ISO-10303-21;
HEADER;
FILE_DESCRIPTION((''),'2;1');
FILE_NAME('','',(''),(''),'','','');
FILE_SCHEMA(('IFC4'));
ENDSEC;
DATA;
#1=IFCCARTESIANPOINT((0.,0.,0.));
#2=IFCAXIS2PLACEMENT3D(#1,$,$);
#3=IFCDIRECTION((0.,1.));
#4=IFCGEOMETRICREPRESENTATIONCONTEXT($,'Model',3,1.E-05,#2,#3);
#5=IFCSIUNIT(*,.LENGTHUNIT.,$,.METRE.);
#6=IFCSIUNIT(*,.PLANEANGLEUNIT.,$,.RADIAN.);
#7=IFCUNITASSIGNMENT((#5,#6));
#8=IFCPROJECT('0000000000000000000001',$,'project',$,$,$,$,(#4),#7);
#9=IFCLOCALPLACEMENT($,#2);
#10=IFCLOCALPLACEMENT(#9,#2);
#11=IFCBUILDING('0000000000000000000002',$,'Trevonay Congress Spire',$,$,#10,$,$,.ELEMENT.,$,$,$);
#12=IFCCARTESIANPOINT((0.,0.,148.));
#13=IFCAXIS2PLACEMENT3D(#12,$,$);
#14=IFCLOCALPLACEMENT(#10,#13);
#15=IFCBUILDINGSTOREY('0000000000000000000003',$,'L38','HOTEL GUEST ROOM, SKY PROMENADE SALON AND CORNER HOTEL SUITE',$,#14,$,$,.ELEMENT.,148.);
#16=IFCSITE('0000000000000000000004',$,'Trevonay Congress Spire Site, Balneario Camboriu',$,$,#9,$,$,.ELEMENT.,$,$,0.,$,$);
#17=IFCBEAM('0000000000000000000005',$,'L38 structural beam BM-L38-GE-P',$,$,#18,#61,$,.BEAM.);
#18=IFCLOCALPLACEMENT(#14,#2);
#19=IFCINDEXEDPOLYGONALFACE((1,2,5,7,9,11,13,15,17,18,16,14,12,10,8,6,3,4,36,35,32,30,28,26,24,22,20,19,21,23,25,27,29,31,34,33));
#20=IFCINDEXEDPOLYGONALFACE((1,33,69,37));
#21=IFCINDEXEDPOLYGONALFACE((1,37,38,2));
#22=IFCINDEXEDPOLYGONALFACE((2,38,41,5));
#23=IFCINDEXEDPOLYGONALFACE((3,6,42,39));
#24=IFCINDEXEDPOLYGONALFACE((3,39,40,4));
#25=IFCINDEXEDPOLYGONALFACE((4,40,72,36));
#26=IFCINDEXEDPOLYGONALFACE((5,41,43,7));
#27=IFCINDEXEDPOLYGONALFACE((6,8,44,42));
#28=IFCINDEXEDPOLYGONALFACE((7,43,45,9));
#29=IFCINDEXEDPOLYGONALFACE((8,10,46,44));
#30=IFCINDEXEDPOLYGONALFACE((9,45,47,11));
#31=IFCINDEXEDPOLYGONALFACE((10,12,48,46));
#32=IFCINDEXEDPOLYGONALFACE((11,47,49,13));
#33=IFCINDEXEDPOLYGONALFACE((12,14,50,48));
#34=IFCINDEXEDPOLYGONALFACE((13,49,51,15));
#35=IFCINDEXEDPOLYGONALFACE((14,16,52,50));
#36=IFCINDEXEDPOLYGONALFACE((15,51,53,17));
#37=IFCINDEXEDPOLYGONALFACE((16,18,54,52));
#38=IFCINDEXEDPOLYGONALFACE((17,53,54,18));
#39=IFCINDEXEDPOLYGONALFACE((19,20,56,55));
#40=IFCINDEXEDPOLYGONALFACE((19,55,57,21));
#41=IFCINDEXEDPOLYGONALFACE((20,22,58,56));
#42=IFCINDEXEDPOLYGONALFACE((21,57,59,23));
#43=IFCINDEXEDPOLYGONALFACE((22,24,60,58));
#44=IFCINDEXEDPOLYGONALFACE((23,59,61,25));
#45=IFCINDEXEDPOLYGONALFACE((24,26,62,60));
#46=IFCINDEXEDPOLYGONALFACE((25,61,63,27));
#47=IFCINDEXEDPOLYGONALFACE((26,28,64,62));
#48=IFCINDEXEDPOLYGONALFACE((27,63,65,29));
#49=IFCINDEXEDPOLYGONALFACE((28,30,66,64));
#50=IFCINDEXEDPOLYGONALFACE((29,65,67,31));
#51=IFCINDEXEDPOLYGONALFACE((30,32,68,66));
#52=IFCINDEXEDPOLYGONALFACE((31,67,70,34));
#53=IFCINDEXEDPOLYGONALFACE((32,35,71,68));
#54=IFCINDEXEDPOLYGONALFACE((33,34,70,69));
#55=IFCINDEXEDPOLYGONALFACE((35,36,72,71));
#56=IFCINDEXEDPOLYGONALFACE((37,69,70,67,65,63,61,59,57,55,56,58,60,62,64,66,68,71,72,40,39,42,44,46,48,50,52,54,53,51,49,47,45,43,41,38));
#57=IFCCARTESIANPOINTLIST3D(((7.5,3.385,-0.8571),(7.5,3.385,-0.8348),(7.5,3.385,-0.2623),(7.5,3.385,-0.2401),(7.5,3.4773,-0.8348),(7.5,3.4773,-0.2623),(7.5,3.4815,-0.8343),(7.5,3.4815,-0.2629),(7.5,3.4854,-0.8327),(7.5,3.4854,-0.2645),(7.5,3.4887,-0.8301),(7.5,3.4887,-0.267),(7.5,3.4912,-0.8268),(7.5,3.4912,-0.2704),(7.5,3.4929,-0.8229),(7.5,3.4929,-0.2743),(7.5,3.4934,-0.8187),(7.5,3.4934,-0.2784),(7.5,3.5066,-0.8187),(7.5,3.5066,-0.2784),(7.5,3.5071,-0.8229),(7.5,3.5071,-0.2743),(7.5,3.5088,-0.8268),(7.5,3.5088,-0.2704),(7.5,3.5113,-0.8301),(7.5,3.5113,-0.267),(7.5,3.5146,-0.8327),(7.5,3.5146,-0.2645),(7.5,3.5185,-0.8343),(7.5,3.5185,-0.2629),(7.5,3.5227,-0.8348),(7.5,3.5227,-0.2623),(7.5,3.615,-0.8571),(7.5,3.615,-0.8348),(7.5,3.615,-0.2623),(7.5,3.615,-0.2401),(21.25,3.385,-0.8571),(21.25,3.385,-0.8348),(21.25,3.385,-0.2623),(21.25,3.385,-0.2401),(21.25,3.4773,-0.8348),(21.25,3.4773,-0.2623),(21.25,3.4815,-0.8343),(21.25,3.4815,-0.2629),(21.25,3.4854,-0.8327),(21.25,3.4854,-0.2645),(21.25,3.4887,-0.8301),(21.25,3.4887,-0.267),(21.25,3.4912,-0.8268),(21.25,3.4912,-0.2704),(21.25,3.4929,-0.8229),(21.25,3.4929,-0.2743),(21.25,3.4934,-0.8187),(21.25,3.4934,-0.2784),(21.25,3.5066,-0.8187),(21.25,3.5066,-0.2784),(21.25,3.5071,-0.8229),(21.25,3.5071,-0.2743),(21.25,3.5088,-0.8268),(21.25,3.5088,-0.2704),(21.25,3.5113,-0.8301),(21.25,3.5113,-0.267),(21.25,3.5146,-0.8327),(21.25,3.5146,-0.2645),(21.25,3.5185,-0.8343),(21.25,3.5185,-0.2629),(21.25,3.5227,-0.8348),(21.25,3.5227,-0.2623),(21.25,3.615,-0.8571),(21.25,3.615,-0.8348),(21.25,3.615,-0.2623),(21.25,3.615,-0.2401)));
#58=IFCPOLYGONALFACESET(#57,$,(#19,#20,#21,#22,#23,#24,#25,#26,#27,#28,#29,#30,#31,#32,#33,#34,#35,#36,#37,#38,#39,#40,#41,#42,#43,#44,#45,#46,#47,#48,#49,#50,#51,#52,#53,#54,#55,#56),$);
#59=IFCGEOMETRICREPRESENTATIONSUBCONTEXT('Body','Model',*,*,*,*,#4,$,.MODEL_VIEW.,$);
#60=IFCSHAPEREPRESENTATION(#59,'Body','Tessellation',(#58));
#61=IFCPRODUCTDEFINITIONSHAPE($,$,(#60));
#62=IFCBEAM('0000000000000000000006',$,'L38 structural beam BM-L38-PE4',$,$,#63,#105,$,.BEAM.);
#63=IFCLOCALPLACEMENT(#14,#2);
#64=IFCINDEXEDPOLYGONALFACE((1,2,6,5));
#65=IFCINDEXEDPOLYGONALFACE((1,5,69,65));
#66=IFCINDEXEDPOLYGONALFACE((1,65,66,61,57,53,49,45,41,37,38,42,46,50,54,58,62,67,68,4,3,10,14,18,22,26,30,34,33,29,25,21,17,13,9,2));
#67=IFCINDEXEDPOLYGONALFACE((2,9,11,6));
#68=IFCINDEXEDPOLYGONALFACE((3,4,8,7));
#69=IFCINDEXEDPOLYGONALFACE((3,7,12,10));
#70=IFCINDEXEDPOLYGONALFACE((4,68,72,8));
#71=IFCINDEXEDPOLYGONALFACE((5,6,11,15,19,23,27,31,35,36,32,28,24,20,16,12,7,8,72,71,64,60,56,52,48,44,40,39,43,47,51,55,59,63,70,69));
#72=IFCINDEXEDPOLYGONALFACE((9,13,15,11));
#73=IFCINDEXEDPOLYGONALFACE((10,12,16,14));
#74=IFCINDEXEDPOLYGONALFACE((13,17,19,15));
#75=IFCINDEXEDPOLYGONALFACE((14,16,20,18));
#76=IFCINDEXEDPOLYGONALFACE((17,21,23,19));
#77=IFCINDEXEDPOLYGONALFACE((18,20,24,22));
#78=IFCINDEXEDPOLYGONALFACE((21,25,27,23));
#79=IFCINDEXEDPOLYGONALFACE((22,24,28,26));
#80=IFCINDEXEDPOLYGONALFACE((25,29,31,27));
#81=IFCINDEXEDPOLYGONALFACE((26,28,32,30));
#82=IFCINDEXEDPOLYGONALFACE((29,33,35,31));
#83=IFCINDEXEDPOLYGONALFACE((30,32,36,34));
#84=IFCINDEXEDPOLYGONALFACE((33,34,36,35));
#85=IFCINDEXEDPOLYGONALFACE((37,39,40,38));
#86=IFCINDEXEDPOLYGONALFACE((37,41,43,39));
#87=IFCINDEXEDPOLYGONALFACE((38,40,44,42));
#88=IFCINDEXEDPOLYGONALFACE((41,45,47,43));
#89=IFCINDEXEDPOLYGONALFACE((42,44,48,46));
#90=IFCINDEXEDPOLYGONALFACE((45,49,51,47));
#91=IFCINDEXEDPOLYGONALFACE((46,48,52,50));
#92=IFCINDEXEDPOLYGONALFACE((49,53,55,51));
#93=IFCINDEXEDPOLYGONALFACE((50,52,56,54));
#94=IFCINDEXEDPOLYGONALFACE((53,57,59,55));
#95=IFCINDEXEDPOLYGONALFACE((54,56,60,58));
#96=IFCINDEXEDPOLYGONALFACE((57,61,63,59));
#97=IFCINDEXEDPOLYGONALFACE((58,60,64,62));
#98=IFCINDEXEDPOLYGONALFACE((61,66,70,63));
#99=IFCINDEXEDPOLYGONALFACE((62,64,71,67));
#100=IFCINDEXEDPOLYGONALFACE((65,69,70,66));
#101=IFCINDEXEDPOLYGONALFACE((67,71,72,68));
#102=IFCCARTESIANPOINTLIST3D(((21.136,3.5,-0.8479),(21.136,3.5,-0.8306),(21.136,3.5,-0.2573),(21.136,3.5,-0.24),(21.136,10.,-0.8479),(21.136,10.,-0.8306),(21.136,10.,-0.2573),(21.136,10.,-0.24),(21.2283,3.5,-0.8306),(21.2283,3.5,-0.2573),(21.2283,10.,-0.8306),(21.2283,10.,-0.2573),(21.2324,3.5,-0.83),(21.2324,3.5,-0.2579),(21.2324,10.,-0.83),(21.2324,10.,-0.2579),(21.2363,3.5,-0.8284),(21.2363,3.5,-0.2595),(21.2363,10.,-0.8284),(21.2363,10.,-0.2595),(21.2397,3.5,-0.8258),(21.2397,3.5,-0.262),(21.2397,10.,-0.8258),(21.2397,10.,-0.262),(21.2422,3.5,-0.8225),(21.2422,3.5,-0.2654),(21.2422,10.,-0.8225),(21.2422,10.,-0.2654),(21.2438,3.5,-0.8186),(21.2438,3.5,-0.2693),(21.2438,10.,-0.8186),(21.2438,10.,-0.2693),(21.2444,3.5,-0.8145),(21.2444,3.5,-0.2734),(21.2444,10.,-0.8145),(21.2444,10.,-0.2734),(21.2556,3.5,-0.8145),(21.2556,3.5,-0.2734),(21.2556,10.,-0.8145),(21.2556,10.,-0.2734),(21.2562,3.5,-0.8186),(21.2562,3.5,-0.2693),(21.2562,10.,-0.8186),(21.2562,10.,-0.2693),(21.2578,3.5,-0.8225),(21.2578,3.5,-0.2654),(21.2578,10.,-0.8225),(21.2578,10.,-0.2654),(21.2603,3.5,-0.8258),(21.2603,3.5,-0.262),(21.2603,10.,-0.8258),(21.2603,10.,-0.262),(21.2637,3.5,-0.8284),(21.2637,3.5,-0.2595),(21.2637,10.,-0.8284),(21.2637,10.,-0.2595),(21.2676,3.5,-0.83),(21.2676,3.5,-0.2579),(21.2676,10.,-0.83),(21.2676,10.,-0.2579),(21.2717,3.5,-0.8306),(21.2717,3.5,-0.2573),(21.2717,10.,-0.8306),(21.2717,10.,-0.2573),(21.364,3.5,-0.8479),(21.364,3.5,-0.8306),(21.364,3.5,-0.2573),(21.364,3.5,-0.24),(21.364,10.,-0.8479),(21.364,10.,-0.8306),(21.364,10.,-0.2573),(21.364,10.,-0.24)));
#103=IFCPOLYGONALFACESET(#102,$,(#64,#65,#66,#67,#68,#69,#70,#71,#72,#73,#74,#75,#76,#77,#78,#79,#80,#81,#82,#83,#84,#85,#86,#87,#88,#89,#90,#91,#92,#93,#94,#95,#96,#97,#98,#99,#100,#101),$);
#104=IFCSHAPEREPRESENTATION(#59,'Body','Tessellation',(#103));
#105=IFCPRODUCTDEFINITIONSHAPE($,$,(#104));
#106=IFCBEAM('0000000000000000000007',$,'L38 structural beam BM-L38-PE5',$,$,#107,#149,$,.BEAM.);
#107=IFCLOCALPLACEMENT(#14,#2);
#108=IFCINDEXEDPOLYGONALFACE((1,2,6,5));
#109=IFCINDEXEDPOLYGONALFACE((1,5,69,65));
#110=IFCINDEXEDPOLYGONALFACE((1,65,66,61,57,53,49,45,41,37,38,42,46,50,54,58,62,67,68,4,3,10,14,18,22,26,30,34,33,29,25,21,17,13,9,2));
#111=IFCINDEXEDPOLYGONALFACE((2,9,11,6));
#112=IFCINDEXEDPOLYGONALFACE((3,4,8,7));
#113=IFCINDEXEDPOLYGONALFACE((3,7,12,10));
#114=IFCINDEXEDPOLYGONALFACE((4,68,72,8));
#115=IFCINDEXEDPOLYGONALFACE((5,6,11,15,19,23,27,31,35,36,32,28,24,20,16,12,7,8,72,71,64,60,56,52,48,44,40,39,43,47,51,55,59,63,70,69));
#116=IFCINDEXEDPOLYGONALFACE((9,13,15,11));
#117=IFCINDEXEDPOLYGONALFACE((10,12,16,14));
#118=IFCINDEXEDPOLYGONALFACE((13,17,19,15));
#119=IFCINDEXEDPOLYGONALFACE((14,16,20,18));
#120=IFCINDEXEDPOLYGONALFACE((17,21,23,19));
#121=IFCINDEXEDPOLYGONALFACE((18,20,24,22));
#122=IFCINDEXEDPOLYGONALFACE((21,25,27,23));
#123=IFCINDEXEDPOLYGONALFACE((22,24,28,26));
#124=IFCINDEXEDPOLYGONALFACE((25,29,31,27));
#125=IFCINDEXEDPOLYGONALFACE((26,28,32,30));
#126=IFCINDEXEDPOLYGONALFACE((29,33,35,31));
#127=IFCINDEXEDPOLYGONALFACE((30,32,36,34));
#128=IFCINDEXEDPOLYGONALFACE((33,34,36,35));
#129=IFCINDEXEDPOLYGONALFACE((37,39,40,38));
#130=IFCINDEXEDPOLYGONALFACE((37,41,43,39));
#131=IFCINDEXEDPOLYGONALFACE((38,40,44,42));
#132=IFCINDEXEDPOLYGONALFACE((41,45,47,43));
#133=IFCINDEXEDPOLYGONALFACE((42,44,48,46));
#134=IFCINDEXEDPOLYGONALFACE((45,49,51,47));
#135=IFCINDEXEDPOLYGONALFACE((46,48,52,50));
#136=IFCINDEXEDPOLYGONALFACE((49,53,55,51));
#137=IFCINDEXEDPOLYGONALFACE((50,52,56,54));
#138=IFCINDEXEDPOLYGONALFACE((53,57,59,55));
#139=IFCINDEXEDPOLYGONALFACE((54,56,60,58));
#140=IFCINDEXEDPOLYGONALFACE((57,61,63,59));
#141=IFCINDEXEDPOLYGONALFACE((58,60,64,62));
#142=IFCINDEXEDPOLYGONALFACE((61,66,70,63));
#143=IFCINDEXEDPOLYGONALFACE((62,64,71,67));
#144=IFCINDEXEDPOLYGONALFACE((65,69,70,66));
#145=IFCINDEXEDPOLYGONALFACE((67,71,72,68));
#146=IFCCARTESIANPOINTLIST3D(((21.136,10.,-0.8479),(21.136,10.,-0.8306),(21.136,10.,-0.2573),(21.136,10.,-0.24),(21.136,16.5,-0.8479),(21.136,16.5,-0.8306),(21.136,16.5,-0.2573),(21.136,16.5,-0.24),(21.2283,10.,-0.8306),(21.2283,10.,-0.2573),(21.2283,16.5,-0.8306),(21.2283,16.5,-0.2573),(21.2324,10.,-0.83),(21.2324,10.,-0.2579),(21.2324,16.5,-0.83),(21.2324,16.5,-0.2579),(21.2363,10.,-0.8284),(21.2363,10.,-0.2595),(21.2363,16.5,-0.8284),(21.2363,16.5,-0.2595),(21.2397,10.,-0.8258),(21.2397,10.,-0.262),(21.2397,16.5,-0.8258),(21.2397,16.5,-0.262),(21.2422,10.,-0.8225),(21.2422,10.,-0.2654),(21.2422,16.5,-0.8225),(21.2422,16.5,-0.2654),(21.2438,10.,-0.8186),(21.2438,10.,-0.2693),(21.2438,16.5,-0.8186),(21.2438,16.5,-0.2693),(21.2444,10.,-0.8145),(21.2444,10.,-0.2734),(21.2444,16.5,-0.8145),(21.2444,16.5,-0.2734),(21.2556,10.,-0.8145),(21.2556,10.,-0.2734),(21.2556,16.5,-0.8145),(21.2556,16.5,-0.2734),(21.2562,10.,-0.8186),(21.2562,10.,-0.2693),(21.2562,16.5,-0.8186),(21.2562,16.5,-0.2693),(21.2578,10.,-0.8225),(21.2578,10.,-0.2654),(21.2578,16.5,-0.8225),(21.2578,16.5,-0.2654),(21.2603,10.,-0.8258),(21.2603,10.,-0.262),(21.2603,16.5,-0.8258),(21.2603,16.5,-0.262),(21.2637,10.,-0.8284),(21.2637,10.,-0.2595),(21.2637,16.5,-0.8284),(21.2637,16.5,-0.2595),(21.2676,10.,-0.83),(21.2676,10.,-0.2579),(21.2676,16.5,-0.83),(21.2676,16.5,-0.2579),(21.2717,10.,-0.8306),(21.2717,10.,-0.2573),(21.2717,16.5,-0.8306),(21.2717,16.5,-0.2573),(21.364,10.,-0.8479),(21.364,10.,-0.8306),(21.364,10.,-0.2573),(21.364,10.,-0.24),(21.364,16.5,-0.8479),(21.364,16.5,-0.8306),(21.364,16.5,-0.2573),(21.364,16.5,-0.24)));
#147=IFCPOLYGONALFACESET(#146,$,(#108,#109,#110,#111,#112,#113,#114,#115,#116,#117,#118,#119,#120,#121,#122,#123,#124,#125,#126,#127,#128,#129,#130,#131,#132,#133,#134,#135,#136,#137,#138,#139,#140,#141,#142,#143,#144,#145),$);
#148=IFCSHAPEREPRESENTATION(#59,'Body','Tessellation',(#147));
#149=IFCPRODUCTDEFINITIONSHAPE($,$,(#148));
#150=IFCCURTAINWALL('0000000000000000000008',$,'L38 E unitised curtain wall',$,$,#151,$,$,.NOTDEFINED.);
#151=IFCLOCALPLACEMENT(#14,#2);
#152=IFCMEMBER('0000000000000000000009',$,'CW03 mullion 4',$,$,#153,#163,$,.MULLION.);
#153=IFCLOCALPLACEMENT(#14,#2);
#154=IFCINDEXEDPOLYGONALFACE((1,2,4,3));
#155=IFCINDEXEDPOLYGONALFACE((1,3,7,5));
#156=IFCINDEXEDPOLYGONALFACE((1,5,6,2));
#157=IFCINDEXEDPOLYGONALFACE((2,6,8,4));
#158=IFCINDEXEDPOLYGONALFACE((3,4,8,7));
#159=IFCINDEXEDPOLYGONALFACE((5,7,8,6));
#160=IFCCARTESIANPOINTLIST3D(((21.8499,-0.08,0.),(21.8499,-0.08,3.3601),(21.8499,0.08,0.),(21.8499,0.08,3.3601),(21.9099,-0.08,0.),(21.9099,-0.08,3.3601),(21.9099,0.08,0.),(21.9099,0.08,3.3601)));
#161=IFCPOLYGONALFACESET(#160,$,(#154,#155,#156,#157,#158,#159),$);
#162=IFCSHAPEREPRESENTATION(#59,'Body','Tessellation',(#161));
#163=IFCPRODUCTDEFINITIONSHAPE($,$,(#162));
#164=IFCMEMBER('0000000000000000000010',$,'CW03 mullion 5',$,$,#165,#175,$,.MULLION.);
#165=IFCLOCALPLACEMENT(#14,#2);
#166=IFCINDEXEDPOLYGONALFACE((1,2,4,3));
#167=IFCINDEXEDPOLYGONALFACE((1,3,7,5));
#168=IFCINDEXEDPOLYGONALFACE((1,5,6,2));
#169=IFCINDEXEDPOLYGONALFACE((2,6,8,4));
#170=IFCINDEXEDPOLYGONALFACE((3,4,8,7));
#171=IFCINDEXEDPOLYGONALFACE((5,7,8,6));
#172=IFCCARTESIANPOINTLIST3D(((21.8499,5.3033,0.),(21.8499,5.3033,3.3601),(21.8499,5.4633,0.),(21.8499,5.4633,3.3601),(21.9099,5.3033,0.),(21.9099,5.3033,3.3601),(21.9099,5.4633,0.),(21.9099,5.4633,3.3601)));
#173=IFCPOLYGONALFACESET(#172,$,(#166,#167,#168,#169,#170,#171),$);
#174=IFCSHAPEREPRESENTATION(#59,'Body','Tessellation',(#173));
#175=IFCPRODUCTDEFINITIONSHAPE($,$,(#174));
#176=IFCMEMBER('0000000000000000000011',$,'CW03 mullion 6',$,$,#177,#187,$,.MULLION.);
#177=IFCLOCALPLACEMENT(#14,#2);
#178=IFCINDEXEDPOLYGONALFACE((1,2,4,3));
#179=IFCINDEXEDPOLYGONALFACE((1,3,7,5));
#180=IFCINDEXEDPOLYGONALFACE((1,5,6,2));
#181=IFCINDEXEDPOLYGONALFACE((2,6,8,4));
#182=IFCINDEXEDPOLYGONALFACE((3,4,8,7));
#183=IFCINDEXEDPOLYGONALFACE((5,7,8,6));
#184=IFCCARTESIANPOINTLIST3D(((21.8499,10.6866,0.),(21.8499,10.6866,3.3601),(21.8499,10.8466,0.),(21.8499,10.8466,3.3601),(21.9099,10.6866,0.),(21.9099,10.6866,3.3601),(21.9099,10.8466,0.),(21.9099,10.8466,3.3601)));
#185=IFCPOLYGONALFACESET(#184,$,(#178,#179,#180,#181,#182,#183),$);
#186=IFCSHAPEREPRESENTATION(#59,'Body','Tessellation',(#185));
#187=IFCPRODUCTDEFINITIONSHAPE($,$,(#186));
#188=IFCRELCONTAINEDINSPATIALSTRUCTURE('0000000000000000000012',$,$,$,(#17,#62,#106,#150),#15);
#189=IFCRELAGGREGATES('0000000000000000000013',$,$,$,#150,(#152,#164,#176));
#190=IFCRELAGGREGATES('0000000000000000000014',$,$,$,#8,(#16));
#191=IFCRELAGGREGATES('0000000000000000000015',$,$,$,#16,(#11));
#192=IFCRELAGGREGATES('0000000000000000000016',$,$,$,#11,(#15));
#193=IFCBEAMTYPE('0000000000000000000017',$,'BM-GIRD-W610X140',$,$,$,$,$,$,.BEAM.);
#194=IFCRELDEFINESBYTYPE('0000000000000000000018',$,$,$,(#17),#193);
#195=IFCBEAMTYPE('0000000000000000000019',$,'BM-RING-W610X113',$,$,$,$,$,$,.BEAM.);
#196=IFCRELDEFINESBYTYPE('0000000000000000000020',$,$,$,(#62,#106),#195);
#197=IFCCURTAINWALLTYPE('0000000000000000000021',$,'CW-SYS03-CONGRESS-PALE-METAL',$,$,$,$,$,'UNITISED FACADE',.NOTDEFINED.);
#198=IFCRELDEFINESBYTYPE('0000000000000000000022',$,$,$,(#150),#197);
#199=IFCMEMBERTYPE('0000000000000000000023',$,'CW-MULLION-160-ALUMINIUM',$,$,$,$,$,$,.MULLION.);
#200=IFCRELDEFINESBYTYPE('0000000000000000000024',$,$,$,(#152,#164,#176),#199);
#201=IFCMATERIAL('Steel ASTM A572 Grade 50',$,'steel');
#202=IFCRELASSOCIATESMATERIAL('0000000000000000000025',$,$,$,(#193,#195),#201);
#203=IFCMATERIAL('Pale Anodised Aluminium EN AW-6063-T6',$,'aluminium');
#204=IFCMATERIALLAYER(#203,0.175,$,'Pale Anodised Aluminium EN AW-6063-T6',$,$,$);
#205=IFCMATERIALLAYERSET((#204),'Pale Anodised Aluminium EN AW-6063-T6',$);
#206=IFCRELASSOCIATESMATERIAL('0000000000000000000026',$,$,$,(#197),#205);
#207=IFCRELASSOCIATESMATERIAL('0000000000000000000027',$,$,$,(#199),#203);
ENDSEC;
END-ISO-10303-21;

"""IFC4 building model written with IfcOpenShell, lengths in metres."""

from ifc_helpers import new_model, si_unit, direction, frame, origin, origin_2d, place, context, subcontext, project, spatial, rectangle, i_section, extrude, material, layer, layer_set, material_profile, profile_set, type_object, element, aggregate, save


model = new_model("IFC4")

# Units and contexts
model_context = context("Model", 3, precision=1e-05, world=origin(), true_north=direction((0.0, 1.0)))
body_context = subcontext(model_context, "Body", "Model", "MODEL_VIEW")
ifc_project = project(units=[si_unit("LENGTHUNIT", "METRE"), si_unit("PLANEANGLEUNIT", "RADIAN")], contexts=[model_context])

# Site, building, storey
site_placement = place(None, origin())
site = spatial("IfcSite", under=ifc_project, at=site_placement, Name="Trevonay Congress Spire Site, Balneario Camboriu", CompositionType="ELEMENT", RefElevation=0.0)
building_placement = place(site_placement, origin())
building = spatial("IfcBuilding", under=site, at=building_placement, Name="Trevonay Congress Spire", CompositionType="ELEMENT")
storey_placement = place(building_placement, frame((0.0, 0.0, 148.0)))
storey = spatial("IfcBuildingStorey", under=building, at=storey_placement, Name="L38", Description="HOTEL GUEST ROOM, SKY PROMENADE SALON AND CORNER HOTEL SUITE", CompositionType="ELEMENT", Elevation=148.0)

# Shared definitions
ifc_material_1 = material(Name="Steel ASTM A572 Grade 50", Category="steel")

# Beams
ifc_material_profile_1 = material_profile(ifc_material_1, i_section(OverallWidth=0.23, OverallDepth=0.6169, WebThickness=0.0132, FlangeThickness=0.0222, FilletRadius=0.0161, at=origin_2d()), Name="W610x140")
ifc_profile_set_1 = profile_set([ifc_material_profile_1], Name="Steel ASTM A572 Grade 50")
beam_type_1 = type_object("IfcBeamType", Name="BM-GIRD-W610X140", PredefinedType="BEAM", material=ifc_profile_set_1)
beam_1_placement = place(storey_placement, frame((7.5, 3.5, -0.5486), z_axis=(1.0, 0.0, 0.0), x_axis=(0.0, 1.0, 0.0)))
element("IfcBeam", 1, at=beam_1_placement, inside=storey, type_object=beam_type_1, Name="L38 structural beam BM-L38-GE-P", PredefinedType="BEAM", context=body_context, shape_type="SweptSolid", body=[
    extrude(i_section(OverallWidth=0.23, OverallDepth=0.6169, WebThickness=0.0132, FlangeThickness=0.0222, FilletRadius=0.0161, at=origin_2d()), origin(), (0.0, 0.0, 1.0), 13.75),
])
ifc_material_profile_2 = material_profile(ifc_material_1, i_section(OverallWidth=0.228, OverallDepth=0.6079, WebThickness=0.0112, FlangeThickness=0.0173, FilletRadius=0.0161, at=origin_2d()), Name="W610x113")
ifc_profile_set_2 = profile_set([ifc_material_profile_2], Name="Steel ASTM A572 Grade 50")
beam_type_2 = type_object("IfcBeamType", Name="BM-RING-W610X113", PredefinedType="BEAM", material=ifc_profile_set_2)
for number, where, z_axis, x_axis, name in (
    (2, (21.25, 3.5, -0.5439), (0.0, 1.0, 0.0), (-1.0, 0.0, 0.0), "L38 structural beam BM-L38-PE4"),
    (3, (21.25, 10.0, -0.5439), (0.0, 1.0, 0.0), (-1.0, 0.0, 0.0), "L38 structural beam BM-L38-PE5"),
):
    element("IfcBeam", number, at=place(storey_placement, frame(where, z_axis=z_axis, x_axis=x_axis)), inside=storey, type_object=beam_type_2, Name=name, PredefinedType="BEAM", context=body_context, shape_type="SweptSolid", body=[
        extrude(i_section(OverallWidth=0.228, OverallDepth=0.6079, WebThickness=0.0112, FlangeThickness=0.0173, FilletRadius=0.0161, at=origin_2d()), origin(), (0.0, 0.0, 1.0), 6.5),
    ])

# Curtain wall, members
ifc_material_2 = material(Name="Pale Anodised Aluminium EN AW-6063-T6", Category="aluminium")
ifc_layer_1 = layer(ifc_material_2, 0.175, Name="Pale Anodised Aluminium EN AW-6063-T6")
ifc_layer_set_1 = layer_set([ifc_layer_1], Name="Pale Anodised Aluminium EN AW-6063-T6")
curtain_wall_type = type_object("IfcCurtainWallType", Name="CW-SYS03-CONGRESS-PALE-METAL", ElementType="UNITISED FACADE", PredefinedType="NOTDEFINED", material=ifc_layer_set_1)
curtain_wall_placement = place(storey_placement, origin())
curtain_wall = element("IfcCurtainWall", 4, at=curtain_wall_placement, inside=storey, type_object=curtain_wall_type, Name="L38 E unitised curtain wall", PredefinedType="NOTDEFINED")
ifc_material_profile_3 = material_profile(ifc_material_2, rectangle(XDim=0.0601, YDim=0.1599, at=origin_2d()), Name="CW-MULLION-160-ALUMINIUM")
ifc_profile_set_3 = profile_set([ifc_material_profile_3], Name="Pale Anodised Aluminium EN AW-6063-T6")
member_type_1 = type_object("IfcMemberType", Name="CW-MULLION-160-ALUMINIUM", PredefinedType="MULLION", material=ifc_profile_set_3)
member_1_placement = place(storey_placement, frame((21.8799, 0.0, 0.0), z_axis=(0.0, 0.0, 1.0), x_axis=(-1.0, 0.0, 0.0)))
member_1 = element("IfcMember", 5, at=member_1_placement, type_object=member_type_1, Name="CW03 mullion 4", PredefinedType="MULLION", context=body_context, shape_type="SweptSolid", body=[
    extrude(rectangle(XDim=0.0601, YDim=0.1599, at=origin_2d()), origin(), (0.0, 0.0, 1.0), 3.3601),
])
member_2_placement = place(storey_placement, frame((21.8799, 5.3833, 0.0), z_axis=(0.0, 0.0, 1.0), x_axis=(-1.0, 0.0, 0.0)))
member_2 = element("IfcMember", 6, at=member_2_placement, type_object=member_type_1, Name="CW03 mullion 5", PredefinedType="MULLION", context=body_context, shape_type="SweptSolid", body=[
    extrude(rectangle(XDim=0.0601, YDim=0.1599, at=origin_2d()), origin(), (0.0, 0.0, 1.0), 3.3601),
])
member_3_placement = place(storey_placement, frame((21.8799, 10.7666, 0.0), z_axis=(0.0, 0.0, 1.0), x_axis=(-1.0, 0.0, 0.0)))
member_3 = element("IfcMember", 7, at=member_3_placement, type_object=member_type_1, Name="CW03 mullion 6", PredefinedType="MULLION", context=body_context, shape_type="SweptSolid", body=[
    extrude(rectangle(XDim=0.0601, YDim=0.1599, at=origin_2d()), origin(), (0.0, 0.0, 1.0), 3.3601),
])
aggregate(curtain_wall, [member_1, member_2, member_3])

save(model, "model.ifc")
